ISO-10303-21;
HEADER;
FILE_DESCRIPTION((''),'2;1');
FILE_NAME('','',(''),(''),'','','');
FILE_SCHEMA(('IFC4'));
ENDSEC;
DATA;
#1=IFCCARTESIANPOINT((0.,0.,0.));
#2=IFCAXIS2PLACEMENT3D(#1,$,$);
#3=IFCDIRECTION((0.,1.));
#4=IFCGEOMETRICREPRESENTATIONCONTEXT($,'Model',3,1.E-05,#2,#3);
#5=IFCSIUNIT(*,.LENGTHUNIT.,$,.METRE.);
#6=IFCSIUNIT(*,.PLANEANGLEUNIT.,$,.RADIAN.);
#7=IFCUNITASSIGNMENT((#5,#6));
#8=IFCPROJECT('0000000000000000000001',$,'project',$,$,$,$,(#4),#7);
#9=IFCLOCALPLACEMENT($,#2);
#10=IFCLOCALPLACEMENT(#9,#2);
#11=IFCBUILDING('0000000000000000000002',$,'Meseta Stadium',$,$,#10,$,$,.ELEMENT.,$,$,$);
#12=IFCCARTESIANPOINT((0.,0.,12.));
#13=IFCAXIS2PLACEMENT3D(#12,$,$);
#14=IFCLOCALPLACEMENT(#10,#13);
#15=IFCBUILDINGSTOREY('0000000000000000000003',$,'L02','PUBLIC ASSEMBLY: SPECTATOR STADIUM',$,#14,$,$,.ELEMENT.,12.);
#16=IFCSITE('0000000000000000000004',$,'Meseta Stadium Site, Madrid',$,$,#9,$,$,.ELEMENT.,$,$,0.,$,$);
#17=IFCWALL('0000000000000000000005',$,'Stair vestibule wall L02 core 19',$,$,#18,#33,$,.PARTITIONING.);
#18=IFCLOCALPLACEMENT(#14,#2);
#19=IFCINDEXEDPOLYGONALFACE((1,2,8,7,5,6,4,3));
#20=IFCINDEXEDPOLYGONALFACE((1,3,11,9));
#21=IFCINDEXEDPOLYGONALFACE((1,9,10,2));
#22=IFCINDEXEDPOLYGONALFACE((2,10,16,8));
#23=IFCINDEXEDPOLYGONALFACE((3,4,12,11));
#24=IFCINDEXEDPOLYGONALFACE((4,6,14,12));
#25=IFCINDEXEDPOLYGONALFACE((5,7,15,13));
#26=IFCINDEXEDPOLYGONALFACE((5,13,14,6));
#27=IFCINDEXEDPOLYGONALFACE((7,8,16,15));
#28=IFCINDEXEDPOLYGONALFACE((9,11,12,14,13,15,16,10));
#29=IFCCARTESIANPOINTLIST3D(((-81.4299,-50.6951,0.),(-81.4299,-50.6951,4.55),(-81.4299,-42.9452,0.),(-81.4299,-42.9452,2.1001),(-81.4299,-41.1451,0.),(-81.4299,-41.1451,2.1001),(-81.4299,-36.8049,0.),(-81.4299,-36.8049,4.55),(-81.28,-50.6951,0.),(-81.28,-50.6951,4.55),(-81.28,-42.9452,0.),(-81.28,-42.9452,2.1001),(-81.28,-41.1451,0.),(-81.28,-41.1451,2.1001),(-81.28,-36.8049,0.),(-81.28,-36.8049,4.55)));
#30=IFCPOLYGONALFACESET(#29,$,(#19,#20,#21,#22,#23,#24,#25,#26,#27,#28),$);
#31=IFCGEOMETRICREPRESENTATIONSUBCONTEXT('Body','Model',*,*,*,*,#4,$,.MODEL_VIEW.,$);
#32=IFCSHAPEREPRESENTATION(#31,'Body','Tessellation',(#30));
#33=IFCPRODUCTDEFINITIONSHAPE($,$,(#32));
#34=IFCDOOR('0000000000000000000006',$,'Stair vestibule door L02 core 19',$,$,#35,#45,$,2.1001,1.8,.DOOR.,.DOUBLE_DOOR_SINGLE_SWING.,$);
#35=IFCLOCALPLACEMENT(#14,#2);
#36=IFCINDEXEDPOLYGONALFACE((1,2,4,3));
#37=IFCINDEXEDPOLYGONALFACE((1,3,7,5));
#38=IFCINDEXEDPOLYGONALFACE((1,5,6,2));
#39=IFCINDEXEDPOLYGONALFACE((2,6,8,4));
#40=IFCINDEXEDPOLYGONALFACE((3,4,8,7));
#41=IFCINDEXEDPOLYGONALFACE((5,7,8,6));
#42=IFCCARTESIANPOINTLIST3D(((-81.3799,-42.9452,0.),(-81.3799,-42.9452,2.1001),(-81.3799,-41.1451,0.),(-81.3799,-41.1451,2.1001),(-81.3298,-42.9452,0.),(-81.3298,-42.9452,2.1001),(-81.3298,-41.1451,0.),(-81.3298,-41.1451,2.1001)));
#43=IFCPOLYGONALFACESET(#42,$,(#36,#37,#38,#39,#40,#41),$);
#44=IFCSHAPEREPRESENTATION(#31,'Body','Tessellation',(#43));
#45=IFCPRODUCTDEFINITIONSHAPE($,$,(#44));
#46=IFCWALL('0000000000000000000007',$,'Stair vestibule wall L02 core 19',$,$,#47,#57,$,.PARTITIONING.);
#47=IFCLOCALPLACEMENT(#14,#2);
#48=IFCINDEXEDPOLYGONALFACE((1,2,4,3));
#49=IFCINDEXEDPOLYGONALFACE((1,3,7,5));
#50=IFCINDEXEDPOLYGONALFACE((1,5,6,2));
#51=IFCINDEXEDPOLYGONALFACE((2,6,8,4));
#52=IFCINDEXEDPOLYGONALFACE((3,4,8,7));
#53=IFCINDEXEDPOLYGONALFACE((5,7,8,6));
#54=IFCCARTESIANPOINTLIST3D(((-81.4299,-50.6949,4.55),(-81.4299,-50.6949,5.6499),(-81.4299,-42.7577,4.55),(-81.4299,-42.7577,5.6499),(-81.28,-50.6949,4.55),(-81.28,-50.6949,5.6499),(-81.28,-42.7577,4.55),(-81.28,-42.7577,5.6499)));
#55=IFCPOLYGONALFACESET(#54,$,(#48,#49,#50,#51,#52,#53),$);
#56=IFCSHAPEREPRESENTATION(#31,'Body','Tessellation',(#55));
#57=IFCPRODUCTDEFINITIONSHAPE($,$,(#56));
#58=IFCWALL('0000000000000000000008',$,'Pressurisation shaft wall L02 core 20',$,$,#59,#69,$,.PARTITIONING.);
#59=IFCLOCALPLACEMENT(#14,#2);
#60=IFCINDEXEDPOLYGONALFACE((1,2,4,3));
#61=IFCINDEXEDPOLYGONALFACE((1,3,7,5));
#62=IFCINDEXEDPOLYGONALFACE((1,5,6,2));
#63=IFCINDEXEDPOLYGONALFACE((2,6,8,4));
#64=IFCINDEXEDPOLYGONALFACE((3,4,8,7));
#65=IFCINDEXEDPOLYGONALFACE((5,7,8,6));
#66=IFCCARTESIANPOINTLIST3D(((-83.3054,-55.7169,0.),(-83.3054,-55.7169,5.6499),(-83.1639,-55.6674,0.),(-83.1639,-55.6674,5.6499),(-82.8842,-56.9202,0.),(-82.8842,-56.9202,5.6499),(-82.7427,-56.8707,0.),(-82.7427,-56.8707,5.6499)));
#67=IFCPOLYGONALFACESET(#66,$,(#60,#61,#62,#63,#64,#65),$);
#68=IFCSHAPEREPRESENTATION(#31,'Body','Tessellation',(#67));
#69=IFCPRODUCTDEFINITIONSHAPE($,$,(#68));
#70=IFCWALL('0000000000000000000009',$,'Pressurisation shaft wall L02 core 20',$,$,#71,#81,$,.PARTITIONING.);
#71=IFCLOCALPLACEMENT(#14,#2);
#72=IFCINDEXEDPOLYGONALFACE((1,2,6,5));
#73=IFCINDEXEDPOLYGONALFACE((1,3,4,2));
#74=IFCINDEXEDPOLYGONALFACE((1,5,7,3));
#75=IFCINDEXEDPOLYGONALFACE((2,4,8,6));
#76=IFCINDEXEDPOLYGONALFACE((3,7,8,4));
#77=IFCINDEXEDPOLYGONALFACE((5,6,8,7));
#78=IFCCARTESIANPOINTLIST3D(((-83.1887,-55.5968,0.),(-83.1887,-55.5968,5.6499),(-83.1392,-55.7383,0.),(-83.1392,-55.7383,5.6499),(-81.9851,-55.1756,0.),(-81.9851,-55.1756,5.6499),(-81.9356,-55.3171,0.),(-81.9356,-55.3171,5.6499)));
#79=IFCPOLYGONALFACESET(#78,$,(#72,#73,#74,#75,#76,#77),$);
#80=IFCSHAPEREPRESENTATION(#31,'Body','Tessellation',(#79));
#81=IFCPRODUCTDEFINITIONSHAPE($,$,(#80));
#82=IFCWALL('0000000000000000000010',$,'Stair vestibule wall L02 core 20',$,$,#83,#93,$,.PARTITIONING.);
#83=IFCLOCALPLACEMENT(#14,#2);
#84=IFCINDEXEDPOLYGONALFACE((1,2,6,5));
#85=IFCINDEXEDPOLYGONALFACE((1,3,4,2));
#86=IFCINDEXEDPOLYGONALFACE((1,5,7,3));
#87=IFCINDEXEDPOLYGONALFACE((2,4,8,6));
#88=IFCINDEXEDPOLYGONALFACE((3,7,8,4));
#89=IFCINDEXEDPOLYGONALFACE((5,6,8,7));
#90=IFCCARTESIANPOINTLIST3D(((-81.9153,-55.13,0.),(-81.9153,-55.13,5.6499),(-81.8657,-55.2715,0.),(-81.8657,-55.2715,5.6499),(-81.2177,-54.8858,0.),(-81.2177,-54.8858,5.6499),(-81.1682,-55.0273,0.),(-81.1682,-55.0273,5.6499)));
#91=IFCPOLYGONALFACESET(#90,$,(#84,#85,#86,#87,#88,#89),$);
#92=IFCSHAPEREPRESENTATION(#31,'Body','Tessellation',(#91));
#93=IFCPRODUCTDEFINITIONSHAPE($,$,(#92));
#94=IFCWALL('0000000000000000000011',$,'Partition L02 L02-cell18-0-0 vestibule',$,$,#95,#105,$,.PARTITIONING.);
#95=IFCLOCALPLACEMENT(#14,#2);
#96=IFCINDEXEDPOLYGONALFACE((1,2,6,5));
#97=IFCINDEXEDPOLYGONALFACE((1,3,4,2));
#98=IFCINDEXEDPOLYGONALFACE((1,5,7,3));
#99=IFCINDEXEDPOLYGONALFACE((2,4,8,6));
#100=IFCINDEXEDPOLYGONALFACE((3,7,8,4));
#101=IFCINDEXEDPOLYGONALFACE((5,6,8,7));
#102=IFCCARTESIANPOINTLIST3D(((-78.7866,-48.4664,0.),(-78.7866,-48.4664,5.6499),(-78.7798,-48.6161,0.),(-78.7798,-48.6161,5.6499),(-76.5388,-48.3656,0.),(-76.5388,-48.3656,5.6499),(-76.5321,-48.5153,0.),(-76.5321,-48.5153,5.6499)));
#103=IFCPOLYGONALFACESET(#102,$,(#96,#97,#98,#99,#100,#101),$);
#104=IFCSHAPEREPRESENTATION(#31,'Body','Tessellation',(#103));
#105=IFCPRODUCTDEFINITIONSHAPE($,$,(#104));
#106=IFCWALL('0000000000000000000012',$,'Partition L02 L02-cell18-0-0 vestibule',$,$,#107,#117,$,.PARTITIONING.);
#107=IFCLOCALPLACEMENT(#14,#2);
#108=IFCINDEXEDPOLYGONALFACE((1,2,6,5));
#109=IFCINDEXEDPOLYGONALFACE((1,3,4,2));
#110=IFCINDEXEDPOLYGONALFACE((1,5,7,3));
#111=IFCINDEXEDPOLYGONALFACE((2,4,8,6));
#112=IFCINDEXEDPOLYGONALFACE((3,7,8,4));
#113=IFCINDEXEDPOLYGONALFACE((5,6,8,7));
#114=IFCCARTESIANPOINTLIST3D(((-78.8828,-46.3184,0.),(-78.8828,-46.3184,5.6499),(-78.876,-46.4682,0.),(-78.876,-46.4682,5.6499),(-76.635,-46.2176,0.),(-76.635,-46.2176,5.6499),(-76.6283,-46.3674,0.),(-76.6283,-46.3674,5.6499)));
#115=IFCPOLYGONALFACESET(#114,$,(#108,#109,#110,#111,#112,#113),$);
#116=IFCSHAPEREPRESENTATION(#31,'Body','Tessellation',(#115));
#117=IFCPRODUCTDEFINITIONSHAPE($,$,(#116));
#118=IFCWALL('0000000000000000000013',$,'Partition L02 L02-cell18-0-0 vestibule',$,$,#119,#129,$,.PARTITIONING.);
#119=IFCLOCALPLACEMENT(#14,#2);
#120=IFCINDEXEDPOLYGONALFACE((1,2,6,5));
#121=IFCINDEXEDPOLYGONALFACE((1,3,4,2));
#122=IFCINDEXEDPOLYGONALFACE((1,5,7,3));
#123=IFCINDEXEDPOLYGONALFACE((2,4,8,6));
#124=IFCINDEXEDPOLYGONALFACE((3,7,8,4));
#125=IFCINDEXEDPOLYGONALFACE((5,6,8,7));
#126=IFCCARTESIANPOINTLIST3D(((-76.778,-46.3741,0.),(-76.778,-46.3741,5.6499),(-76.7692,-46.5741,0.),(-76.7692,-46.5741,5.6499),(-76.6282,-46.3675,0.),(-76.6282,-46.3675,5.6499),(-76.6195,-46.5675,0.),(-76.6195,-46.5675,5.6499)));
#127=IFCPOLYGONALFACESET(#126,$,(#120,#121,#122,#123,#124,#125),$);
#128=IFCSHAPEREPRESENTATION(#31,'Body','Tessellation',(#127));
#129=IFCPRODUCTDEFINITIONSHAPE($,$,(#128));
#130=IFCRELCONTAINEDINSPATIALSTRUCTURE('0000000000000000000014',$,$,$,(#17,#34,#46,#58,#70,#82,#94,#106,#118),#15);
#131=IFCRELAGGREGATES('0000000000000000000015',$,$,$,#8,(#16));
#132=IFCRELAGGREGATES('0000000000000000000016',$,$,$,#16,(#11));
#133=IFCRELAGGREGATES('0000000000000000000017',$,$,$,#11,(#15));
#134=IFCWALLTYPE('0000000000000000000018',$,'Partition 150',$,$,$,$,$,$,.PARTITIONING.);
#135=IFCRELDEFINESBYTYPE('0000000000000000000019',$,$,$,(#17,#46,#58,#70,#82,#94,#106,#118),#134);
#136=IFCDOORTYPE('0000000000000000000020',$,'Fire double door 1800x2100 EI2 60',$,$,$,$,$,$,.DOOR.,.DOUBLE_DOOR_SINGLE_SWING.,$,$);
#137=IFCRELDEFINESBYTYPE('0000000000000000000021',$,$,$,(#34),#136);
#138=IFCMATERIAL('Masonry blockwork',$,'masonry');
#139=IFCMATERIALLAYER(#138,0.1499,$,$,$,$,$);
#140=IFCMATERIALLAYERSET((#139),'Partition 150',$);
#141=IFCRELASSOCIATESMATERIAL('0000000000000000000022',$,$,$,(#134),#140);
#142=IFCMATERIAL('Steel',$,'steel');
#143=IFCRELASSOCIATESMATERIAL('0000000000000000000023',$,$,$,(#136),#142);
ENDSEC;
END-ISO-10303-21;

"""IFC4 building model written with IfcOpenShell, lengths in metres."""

from ifc_helpers import new_model, si_unit, direction, frame, frame_2d, origin, place, context, subcontext, project, spatial, rectangle, extrude, material, layer, layer_set, type_object, element, fill, save


model = new_model("IFC4")

# Units and contexts
model_context = context("Model", 3, precision=1e-05, world=origin(), true_north=direction((0.0, 1.0)))
body_context = subcontext(model_context, "Body", "Model", "MODEL_VIEW")
ifc_project = project(units=[si_unit("LENGTHUNIT", "METRE"), si_unit("PLANEANGLEUNIT", "RADIAN")], contexts=[model_context])

# Site, building, storey
site_placement = place(None, origin())
site = spatial("IfcSite", under=ifc_project, at=site_placement, Name="Meseta Stadium Site, Madrid", CompositionType="ELEMENT", RefElevation=0.0)
building_placement = place(site_placement, origin())
building = spatial("IfcBuilding", under=site, at=building_placement, Name="Meseta Stadium", CompositionType="ELEMENT")
storey_placement = place(building_placement, frame((0.0, 0.0, 12.0)))
storey = spatial("IfcBuildingStorey", under=building, at=storey_placement, Name="L02", Description="PUBLIC ASSEMBLY: SPECTATOR STADIUM", CompositionType="ELEMENT", Elevation=12.0)

# Shared definitions
ifc_material_1 = material(Name="Masonry blockwork", Category="masonry")
ifc_layer_1 = layer(ifc_material_1, 0.1499)
ifc_layer_set_1 = layer_set([ifc_layer_1], Name="Partition 150")
wall_type_1 = type_object("IfcWallType", Name="Partition 150", PredefinedType="PARTITIONING", material=ifc_layer_set_1)
ifc_material_2 = material(Name="Steel", Category="steel")
door_type_1 = type_object("IfcDoorType", Name="Fire double door 1800x2100 EI2 60", OperationType="DOUBLE_DOOR_SINGLE_SWING", PredefinedType="DOOR", material=ifc_material_2)

# Wall, opening, door
wall_1_placement = place(storey_placement, frame((-81.355, -50.6951, 0.0), z_axis=(0.0, 0.0, 1.0), x_axis=(0.0, 1.0, 0.0)))
wall_1 = element("IfcWall", 1, at=wall_1_placement, inside=storey, type_object=wall_type_1, Name="Stair vestibule wall L02 core 19", PredefinedType="PARTITIONING", context=body_context, shape_type="SweptSolid", body=[
    extrude(rectangle(XDim=13.8901, YDim=0.1499, at=frame_2d((6.9451, 0.0))), origin(), (0.0, 0.0, 1.0), 4.55),
])
opening_1_placement = place(wall_1_placement, frame((7.75, 0.0, 0.0)))
opening_1 = element("IfcOpeningElement", 2, at=opening_1_placement, cuts=wall_1, PredefinedType="OPENING", context=body_context, shape_type="SweptSolid", body=[
    extrude(rectangle(XDim=1.8, YDim=2.1001, at=frame_2d((0.8999, 1.05))), frame((0.0, 0.085, 0.0), z_axis=(0.0, -1.0, 0.0), x_axis=(1.0, 0.0, 0.0)), (0.0, 0.0, 1.0), 0.1699),
])
door_1_placement = place(opening_1_placement, origin())
door_1 = element("IfcDoor", 3, at=door_1_placement, inside=storey, type_object=door_type_1, Name="Stair vestibule door L02 core 19", OperationType="DOUBLE_DOOR_SINGLE_SWING", OverallHeight=2.1001, OverallWidth=1.8, PredefinedType="DOOR", context=body_context, shape_type="SweptSolid", body=[
    extrude(rectangle(XDim=1.8, YDim=2.1001, at=frame_2d((0.8999, 1.05))), frame((0.0, 0.0249, 0.0), z_axis=(0.0, -1.0, 0.0), x_axis=(1.0, 0.0, 0.0)), (0.0, 0.0, 1.0), 0.05),
])
fill(opening_1, door_1)

# Walls
wall_2_placement = place(storey_placement, frame((-81.355, -50.6951, 4.55), z_axis=(0.0, 0.0, 1.0), x_axis=(0.0, 1.0, 0.0)))
element("IfcWall", 4, at=wall_2_placement, inside=storey, type_object=wall_type_1, Name="Stair vestibule wall L02 core 19", PredefinedType="PARTITIONING", context=body_context, shape_type="SweptSolid", body=[
    extrude(rectangle(XDim=7.9373, YDim=0.1499, at=frame_2d((3.9688, 0.0))), origin(), (0.0, 0.0, 1.0), 1.0999),
])
wall_3_placement = place(storey_placement, frame((-83.2346, -55.6921, 0.0), z_axis=(0.0, 0.0, 1.0), x_axis=(0.330325, -0.943867, 0.0)))
element("IfcWall", 5, at=wall_3_placement, inside=storey, type_object=wall_type_1, Name="Pressurisation shaft wall L02 core 20", PredefinedType="PARTITIONING", context=body_context, shape_type="SweptSolid", body=[
    extrude(rectangle(XDim=1.2749, YDim=0.1499, at=frame_2d((0.6375, 0.0))), origin(), (0.0, 0.0, 1.0), 5.6499),
])
wall_4_placement = place(storey_placement, frame((-81.9602, -55.2463, 0.0), z_axis=(0.0, 0.0, 1.0), x_axis=(-0.943888, -0.330265, 0.0)))
element("IfcWall", 6, at=wall_4_placement, inside=storey, type_object=wall_type_1, Name="Pressurisation shaft wall L02 core 20", PredefinedType="PARTITIONING", context=body_context, shape_type="SweptSolid", body=[
    extrude(rectangle(XDim=1.2751, YDim=0.1499, at=frame_2d((0.6377, 0.0))), origin(), (0.0, 0.0, 1.0), 5.6499),
])
wall_5_placement = place(storey_placement, frame((-81.1929, -54.9565, 0.0), z_axis=(0.0, 0.0, 1.0), x_axis=(-0.943853, -0.330365, 0.0)))
element("IfcWall", 7, at=wall_5_placement, inside=storey, type_object=wall_type_1, Name="Stair vestibule wall L02 core 20", PredefinedType="PARTITIONING", context=body_context, shape_type="SweptSolid", body=[
    extrude(rectangle(XDim=0.739, YDim=0.1499, at=frame_2d((0.3696, 0.0))), origin(), (0.0, 0.0, 1.0), 5.6499),
])
for number, where, z_axis, x_axis, name in (
    (8, (-78.7832, -48.5413, 0.0), (0.0, 0.0, 1.0), (0.998995, 0.044812, 0.0), "Partition L02 L02-cell18-0-0 vestibule"),
    (9, (-78.8794, -46.3933, 0.0), (0.0, 0.0, 1.0), (0.998995, 0.044812, 0.0), "Partition L02 L02-cell18-0-0 vestibule"),
):
    element("IfcWall", number, at=place(storey_placement, frame(where, z_axis=z_axis, x_axis=x_axis)), inside=storey, type_object=wall_type_1, Name=name, PredefinedType="PARTITIONING", context=body_context, shape_type="SweptSolid", body=[
        extrude(rectangle(XDim=2.25, YDim=0.1499, at=frame_2d((1.125, 0.0))), origin(), (0.0, 0.0, 1.0), 5.6499),
    ])
wall_6_placement = place(storey_placement, frame((-76.6943, -46.5708, 0.0), z_axis=(0.0, 0.0, 1.0), x_axis=(-0.043914, 0.999035, 0.0)))
element("IfcWall", 10, at=wall_6_placement, inside=storey, type_object=wall_type_1, Name="Partition L02 L02-cell18-0-0 vestibule", PredefinedType="PARTITIONING", context=body_context, shape_type="SweptSolid", body=[
    extrude(rectangle(XDim=0.2002, YDim=0.1499, at=frame_2d((0.1001, 0.0))), origin(), (0.0, 0.0, 1.0), 5.6499),
])

save(model, "model.ifc")
